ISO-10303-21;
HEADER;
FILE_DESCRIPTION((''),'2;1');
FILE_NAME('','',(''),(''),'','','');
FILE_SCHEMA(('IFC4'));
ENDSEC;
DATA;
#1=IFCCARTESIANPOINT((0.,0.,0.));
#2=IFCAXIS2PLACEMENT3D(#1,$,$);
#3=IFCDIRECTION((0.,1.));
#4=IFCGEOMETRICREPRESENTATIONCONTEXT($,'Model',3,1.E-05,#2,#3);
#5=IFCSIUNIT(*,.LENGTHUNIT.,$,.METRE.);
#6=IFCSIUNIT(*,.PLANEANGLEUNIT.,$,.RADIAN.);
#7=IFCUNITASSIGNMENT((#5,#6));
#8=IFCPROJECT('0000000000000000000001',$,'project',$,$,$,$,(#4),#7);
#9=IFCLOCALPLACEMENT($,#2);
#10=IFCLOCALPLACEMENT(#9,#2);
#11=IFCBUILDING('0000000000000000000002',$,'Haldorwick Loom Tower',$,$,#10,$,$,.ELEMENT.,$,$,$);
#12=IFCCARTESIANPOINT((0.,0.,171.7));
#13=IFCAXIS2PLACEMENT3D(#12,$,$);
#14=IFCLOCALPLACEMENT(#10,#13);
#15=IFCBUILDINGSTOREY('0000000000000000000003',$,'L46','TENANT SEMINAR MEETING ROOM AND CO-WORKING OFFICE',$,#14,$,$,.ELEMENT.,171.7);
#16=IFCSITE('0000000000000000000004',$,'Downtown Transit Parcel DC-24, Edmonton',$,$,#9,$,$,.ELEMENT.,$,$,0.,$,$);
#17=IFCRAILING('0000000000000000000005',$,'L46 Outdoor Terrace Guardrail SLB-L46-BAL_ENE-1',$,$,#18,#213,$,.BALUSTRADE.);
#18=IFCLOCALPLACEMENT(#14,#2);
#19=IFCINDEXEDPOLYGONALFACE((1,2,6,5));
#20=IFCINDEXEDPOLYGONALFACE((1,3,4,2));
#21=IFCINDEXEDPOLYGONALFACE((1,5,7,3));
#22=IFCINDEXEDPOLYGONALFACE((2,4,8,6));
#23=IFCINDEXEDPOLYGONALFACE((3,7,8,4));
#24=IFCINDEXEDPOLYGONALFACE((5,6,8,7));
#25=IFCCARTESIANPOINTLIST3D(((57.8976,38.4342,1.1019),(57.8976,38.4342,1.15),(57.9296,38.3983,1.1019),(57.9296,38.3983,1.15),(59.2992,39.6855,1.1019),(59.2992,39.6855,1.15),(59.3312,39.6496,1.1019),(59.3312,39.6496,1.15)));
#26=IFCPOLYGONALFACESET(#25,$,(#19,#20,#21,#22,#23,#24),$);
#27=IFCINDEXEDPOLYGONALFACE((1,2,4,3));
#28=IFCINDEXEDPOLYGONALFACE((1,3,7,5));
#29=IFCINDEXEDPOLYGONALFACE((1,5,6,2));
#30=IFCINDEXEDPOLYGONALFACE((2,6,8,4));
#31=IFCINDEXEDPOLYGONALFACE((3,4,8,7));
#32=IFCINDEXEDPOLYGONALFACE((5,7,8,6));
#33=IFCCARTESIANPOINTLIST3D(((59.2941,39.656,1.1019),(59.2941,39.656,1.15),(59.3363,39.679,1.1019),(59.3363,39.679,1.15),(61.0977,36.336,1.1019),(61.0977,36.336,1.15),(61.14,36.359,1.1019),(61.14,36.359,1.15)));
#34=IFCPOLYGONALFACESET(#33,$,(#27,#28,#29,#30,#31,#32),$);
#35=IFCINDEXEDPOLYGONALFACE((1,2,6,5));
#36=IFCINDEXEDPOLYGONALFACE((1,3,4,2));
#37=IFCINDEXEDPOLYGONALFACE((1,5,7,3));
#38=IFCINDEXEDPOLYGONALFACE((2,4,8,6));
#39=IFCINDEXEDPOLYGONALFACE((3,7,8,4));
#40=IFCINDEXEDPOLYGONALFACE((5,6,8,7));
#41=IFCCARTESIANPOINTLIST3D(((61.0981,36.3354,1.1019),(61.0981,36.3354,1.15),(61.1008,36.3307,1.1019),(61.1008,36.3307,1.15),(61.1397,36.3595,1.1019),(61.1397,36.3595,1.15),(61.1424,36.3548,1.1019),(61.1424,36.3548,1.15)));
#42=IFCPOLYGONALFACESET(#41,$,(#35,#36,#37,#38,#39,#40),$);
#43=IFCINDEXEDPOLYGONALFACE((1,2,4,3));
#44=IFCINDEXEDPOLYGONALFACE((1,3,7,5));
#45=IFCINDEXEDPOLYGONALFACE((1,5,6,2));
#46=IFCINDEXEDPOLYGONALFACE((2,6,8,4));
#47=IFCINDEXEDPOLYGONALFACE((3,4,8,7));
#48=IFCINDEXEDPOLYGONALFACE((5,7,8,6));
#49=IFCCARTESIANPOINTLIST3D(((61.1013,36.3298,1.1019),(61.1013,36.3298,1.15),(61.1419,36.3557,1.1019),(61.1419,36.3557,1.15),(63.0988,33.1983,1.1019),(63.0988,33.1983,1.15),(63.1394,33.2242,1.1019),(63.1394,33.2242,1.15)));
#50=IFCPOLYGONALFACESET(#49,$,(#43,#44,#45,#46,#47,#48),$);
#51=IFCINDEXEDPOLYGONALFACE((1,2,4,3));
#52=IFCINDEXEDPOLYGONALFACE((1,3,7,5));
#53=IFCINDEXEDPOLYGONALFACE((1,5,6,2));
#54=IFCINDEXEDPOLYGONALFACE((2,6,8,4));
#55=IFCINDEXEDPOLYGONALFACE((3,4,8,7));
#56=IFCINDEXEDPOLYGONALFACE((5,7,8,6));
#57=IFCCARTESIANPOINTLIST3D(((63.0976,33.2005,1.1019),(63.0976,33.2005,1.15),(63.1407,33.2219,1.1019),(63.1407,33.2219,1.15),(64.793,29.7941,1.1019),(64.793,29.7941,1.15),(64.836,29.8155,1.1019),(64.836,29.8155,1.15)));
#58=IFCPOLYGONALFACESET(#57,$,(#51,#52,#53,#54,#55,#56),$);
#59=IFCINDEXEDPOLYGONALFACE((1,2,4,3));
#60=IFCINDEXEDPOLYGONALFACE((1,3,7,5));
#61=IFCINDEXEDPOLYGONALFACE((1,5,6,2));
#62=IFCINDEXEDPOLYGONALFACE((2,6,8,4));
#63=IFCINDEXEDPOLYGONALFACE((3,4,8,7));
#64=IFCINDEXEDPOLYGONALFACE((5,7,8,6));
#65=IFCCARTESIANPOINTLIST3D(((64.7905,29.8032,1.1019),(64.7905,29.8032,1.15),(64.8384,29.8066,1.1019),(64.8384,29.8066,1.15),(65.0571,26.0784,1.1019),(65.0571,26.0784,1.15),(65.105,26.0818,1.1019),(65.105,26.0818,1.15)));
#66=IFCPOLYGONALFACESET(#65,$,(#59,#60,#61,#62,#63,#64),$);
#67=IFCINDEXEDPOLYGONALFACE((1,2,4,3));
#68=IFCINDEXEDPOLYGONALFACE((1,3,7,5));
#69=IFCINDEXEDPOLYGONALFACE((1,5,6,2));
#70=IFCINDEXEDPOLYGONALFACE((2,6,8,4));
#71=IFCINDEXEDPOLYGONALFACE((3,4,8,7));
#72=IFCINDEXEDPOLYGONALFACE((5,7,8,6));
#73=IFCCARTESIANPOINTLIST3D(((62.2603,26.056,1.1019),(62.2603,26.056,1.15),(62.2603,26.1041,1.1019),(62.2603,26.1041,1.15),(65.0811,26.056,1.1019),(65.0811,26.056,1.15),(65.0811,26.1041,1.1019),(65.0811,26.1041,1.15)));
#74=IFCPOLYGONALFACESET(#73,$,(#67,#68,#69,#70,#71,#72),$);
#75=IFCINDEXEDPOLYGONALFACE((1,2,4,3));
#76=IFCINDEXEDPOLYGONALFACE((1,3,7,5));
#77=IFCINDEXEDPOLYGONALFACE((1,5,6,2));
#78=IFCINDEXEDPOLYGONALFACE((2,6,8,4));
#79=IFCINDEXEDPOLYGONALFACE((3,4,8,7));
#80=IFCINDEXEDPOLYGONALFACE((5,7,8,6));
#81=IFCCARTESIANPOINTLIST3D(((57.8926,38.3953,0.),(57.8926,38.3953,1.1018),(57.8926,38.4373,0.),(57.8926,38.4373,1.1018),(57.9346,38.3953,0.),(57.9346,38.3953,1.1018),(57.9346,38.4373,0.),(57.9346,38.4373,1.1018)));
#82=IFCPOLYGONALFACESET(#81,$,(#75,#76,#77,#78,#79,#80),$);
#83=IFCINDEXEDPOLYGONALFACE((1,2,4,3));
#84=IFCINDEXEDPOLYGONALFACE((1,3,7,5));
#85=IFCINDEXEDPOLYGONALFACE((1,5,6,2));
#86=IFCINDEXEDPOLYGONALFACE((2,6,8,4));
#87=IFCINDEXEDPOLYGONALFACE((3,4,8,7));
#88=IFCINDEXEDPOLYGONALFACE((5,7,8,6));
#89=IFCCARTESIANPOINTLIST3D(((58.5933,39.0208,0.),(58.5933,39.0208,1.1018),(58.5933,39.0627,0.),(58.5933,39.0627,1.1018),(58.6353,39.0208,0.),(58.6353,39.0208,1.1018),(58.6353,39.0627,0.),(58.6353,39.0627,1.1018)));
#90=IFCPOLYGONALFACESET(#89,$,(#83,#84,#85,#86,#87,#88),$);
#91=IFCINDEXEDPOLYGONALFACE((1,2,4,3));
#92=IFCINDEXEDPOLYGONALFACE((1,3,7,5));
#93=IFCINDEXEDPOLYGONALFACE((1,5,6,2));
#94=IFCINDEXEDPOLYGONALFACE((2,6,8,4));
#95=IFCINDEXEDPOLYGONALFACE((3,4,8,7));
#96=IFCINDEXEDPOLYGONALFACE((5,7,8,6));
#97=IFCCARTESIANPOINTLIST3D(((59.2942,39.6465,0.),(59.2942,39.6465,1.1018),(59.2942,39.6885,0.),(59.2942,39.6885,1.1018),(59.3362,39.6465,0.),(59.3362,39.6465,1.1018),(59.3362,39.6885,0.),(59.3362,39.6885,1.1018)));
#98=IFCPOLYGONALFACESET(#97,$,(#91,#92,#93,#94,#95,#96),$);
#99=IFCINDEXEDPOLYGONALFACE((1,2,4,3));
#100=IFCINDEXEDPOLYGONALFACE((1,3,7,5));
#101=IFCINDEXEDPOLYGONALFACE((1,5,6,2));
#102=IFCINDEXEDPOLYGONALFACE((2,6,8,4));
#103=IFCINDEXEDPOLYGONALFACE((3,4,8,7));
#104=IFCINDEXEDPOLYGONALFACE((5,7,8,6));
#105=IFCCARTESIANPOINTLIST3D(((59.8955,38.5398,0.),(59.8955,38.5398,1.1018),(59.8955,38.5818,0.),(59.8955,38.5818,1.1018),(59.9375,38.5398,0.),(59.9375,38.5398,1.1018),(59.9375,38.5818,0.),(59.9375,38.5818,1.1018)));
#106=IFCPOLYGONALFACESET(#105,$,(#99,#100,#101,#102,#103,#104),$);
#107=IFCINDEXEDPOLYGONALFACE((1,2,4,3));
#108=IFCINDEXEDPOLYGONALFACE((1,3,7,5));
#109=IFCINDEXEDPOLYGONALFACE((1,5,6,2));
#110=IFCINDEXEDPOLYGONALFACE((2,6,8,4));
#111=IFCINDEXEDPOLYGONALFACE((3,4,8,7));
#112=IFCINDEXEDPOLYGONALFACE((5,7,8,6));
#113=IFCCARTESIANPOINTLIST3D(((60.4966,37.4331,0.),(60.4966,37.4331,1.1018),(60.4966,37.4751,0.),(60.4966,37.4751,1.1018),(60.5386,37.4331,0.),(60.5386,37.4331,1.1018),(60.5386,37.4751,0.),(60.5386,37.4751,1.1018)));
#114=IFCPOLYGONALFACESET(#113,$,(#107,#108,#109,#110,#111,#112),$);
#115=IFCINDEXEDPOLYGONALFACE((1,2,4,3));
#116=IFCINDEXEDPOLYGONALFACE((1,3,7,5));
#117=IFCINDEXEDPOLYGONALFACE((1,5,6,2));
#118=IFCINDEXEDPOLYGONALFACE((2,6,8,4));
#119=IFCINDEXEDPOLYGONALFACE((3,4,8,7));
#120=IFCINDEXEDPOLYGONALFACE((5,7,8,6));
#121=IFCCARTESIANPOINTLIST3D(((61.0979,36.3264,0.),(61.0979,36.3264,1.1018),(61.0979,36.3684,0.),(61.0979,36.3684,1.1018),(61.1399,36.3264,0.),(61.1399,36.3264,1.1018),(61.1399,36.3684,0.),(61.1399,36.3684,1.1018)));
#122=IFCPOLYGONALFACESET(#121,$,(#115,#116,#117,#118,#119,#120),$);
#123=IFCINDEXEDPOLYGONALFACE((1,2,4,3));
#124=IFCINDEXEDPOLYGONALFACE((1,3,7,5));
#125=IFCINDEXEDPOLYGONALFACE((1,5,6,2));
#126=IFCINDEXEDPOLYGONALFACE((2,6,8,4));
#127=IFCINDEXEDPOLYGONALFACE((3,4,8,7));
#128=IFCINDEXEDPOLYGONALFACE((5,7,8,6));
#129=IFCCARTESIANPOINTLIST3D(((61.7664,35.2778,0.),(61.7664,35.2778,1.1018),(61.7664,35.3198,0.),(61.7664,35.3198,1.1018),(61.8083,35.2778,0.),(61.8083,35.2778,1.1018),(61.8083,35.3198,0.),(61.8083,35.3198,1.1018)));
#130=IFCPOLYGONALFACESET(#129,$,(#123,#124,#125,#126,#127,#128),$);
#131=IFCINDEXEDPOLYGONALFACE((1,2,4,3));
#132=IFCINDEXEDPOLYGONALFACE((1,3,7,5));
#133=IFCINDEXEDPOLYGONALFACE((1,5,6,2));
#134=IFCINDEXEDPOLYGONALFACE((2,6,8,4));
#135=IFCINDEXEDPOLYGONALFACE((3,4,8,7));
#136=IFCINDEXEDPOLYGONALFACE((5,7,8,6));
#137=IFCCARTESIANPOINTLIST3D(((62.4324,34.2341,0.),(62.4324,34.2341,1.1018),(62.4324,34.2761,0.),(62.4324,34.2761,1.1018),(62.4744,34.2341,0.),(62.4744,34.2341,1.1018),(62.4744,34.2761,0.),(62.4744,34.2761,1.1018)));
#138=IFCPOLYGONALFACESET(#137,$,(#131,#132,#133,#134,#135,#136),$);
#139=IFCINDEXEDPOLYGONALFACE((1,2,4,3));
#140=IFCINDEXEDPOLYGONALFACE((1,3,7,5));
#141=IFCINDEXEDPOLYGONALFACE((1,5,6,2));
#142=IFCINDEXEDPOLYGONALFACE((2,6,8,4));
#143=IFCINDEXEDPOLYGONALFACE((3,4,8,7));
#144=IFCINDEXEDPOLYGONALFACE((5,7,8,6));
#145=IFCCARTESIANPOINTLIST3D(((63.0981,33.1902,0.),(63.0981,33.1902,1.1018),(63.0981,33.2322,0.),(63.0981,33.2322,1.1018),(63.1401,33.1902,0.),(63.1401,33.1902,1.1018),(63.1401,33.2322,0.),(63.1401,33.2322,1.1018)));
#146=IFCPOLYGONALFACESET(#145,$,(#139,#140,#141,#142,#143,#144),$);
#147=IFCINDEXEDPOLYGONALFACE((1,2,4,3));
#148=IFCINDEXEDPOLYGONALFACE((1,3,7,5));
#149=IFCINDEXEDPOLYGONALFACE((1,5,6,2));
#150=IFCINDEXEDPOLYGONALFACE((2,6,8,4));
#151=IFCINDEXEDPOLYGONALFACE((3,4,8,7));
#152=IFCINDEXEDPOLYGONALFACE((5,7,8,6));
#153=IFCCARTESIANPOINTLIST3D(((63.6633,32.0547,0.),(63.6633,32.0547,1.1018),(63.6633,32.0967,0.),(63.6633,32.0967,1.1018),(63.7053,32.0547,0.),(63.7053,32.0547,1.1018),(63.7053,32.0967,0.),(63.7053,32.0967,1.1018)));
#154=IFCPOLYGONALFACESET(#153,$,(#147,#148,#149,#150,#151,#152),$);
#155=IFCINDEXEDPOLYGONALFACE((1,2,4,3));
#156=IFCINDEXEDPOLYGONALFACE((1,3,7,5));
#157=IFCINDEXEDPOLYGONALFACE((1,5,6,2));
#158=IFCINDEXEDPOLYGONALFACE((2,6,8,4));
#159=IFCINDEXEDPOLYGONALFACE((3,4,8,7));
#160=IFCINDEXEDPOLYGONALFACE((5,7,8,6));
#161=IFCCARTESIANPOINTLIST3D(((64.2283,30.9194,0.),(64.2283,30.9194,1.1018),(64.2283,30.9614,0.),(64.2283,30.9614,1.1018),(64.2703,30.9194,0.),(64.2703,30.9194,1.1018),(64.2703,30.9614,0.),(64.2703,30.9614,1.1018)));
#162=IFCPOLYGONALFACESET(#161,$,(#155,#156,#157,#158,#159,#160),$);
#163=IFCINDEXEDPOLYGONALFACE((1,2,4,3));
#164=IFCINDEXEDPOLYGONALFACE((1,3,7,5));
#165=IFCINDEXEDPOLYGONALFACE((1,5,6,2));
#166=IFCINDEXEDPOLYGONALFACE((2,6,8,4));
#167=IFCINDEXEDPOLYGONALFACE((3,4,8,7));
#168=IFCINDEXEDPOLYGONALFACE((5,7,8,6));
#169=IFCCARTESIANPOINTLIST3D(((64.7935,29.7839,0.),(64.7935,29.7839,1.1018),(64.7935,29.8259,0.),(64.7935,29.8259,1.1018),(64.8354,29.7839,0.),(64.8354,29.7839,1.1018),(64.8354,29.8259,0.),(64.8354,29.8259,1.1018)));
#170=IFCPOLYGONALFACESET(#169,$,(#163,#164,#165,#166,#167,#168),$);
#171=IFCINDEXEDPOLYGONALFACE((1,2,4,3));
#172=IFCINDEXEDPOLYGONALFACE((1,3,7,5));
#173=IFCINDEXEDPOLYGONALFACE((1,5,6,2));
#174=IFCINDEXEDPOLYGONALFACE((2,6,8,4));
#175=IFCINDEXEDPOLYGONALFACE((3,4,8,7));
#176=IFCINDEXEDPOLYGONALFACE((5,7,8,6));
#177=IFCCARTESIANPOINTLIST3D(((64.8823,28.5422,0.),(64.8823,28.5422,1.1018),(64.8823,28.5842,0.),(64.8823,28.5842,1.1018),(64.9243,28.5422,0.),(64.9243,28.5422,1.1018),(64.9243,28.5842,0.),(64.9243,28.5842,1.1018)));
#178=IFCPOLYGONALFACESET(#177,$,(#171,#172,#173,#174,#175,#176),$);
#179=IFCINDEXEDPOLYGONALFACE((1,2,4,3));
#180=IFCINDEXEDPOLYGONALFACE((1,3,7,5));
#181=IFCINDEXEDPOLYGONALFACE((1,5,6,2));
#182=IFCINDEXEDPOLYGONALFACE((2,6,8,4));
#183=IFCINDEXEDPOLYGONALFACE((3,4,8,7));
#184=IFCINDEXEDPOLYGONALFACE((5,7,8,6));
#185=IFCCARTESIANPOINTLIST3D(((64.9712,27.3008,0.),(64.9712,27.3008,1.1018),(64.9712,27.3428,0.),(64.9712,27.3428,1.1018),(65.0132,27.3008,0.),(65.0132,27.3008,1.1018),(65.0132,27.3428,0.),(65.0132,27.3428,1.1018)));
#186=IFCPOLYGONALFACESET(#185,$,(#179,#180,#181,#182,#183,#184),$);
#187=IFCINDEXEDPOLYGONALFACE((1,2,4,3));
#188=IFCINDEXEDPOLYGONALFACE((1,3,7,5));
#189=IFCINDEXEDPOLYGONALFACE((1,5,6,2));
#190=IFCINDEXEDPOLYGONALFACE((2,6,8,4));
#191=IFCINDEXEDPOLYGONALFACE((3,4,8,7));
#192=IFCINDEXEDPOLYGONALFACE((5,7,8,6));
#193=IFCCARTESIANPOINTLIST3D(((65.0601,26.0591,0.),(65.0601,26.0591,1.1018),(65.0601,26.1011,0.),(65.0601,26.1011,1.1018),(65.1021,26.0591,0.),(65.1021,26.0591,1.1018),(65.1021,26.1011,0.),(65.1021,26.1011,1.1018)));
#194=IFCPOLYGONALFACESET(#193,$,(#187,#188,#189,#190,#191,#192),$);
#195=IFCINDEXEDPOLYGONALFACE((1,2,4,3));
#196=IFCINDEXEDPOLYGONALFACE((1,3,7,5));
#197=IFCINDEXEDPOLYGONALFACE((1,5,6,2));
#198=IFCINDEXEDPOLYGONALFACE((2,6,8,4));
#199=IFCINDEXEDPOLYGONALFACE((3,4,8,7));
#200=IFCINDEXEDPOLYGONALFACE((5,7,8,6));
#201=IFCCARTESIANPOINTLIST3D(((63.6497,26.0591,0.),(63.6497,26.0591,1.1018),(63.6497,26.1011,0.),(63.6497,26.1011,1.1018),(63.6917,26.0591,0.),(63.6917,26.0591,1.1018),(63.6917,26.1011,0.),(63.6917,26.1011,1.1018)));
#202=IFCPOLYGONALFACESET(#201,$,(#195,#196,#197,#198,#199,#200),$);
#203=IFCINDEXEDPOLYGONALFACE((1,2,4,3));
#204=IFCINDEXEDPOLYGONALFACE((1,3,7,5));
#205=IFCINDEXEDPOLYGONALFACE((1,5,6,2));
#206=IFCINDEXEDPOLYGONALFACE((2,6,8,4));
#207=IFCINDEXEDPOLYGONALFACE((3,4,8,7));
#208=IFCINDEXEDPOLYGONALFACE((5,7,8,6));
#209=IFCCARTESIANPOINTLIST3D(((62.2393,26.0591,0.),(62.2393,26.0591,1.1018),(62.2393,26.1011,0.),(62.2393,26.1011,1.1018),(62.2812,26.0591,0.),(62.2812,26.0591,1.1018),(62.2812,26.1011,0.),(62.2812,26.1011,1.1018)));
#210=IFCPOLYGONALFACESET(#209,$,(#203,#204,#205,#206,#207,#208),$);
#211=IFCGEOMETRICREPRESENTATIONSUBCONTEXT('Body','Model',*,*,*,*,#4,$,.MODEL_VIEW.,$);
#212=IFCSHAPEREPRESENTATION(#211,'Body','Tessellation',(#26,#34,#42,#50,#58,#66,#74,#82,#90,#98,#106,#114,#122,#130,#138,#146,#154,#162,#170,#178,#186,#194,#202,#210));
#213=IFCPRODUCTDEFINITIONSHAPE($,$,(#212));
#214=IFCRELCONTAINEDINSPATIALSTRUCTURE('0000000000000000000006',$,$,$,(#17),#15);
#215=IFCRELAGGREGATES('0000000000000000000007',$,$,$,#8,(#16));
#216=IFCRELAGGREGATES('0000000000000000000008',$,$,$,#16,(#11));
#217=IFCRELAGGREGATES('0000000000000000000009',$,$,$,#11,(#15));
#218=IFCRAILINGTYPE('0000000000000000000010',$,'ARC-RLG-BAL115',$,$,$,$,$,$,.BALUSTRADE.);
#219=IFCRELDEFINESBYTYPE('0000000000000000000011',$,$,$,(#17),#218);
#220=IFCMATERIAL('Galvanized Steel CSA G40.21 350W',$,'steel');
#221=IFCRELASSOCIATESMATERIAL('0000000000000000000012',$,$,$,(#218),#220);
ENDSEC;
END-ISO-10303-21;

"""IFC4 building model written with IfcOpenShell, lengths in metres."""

from ifc_helpers import new_model, si_unit, direction, frame, origin, origin_2d, place, context, subcontext, project, spatial, rectangle, extrude, material, type_object, element, save


model = new_model("IFC4")

# Units and contexts
model_context = context("Model", 3, precision=1e-05, world=origin(), true_north=direction((0.0, 1.0)))
body_context = subcontext(model_context, "Body", "Model", "MODEL_VIEW")
ifc_project = project(units=[si_unit("LENGTHUNIT", "METRE"), si_unit("PLANEANGLEUNIT", "RADIAN")], contexts=[model_context])

# Site, building, storey
site_placement = place(None, origin())
site = spatial("IfcSite", under=ifc_project, at=site_placement, Name="Downtown Transit Parcel DC-24, Edmonton", CompositionType="ELEMENT", RefElevation=0.0)
building_placement = place(site_placement, origin())
building = spatial("IfcBuilding", under=site, at=building_placement, Name="Haldorwick Loom Tower", CompositionType="ELEMENT")
storey_placement = place(building_placement, frame((0.0, 0.0, 171.7)))
storey = spatial("IfcBuildingStorey", under=building, at=storey_placement, Name="L46", Description="TENANT SEMINAR MEETING ROOM AND CO-WORKING OFFICE", CompositionType="ELEMENT", Elevation=171.7)

# Railing
ifc_material_1 = material(Name="Galvanized Steel CSA G40.21 350W", Category="steel")
railing_type_1 = type_object("IfcRailingType", Name="ARC-RLG-BAL115", PredefinedType="BALUSTRADE", material=ifc_material_1)
railing_1_placement = place(storey_placement, frame((57.9136, 38.4163, 0.0)))
element("IfcRailing", 1, at=railing_1_placement, inside=storey, type_object=railing_type_1, Name="L46 Outdoor Terrace Guardrail SLB-L46-BAL_ENE-1", PredefinedType="BALUSTRADE", context=body_context, shape_type="SweptSolid", body=[
    extrude(rectangle(XDim=0.0481, YDim=0.0481, at=origin_2d()), frame((0.0, 0.0, 1.126), z_axis=(0.745995, 0.665951, 0.0), x_axis=(-0.665951, 0.745995, 0.0)), (0.0, 0.0, 1.0), 1.8789),
    extrude(rectangle(XDim=0.0481, YDim=0.0481, at=origin_2d()), frame((1.4016, 1.2512, 1.126), z_axis=(0.477376, -0.878699, 0.0), x_axis=(0.878699, 0.477376, 0.0)), (0.0, 0.0, 1.0), 3.7783),
    extrude(rectangle(XDim=0.0481, YDim=0.0481, at=origin_2d()), frame((3.2053, -2.0688, 1.126), z_axis=(0.501036, -0.865426, 0.0), x_axis=(0.865426, 0.501036, 0.0)), (0.0, 0.0, 1.0), 0.0054),
    extrude(rectangle(XDim=0.0481, YDim=0.0481, at=origin_2d()), frame((3.208, -2.0735, 1.126), z_axis=(0.537781, -0.843085, 0.0), x_axis=(0.843085, 0.537781, 0.0)), (0.0, 0.0, 1.0), 3.7144),
    extrude(rectangle(XDim=0.0481, YDim=0.0481, at=origin_2d()), frame((5.2056, -5.2051, 1.126), z_axis=(0.44557, -0.895247, 0.0), x_axis=(0.895247, 0.44557, 0.0)), (0.0, 0.0, 1.0), 3.8049),
    extrude(rectangle(XDim=0.0481, YDim=0.0481, at=origin_2d()), frame((6.9009, -8.6113, 1.126), z_axis=(0.071391, -0.997448, 0.0), x_axis=(0.997448, 0.071391, 0.0)), (0.0, 0.0, 1.0), 3.7344),
    extrude(rectangle(XDim=0.0481, YDim=0.0481, at=origin_2d()), frame((7.1675, -12.3362, 1.126), z_axis=(-1.0, 0.0, 0.0), x_axis=(0.0, -1.0, 0.0)), (0.0, 0.0, 1.0), 2.8208),
    extrude(rectangle(XDim=0.042, YDim=0.042, at=origin_2d()), origin(), (0.0, 0.0, 1.0), 1.1018),
    extrude(rectangle(XDim=0.042, YDim=0.042, at=origin_2d()), frame((0.7007, 0.6255, 0.0)), (0.0, 0.0, 1.0), 1.1018),
    extrude(rectangle(XDim=0.042, YDim=0.042, at=origin_2d()), frame((1.4016, 1.2512, 0.0)), (0.0, 0.0, 1.0), 1.1018),
    extrude(rectangle(XDim=0.042, YDim=0.042, at=origin_2d()), frame((2.0029, 0.1445, 0.0)), (0.0, 0.0, 1.0), 1.1018),
    extrude(rectangle(XDim=0.042, YDim=0.042, at=origin_2d()), frame((2.604, -0.9622, 0.0)), (0.0, 0.0, 1.0), 1.1018),
    extrude(rectangle(XDim=0.042, YDim=0.042, at=origin_2d()), frame((3.2053, -2.0688, 0.0)), (0.0, 0.0, 1.0), 1.1018),
    extrude(rectangle(XDim=0.042, YDim=0.042, at=origin_2d()), frame((3.8738, -3.1174, 0.0)), (0.0, 0.0, 1.0), 1.1018),
    extrude(rectangle(XDim=0.042, YDim=0.042, at=origin_2d()), frame((4.5398, -4.1611, 0.0)), (0.0, 0.0, 1.0), 1.1018),
    extrude(rectangle(XDim=0.042, YDim=0.042, at=origin_2d()), frame((5.2056, -5.2051, 0.0)), (0.0, 0.0, 1.0), 1.1018),
    extrude(rectangle(XDim=0.042, YDim=0.042, at=origin_2d()), frame((5.7708, -6.3406, 0.0)), (0.0, 0.0, 1.0), 1.1018),
    extrude(rectangle(XDim=0.042, YDim=0.042, at=origin_2d()), frame((6.3357, -7.4758, 0.0)), (0.0, 0.0, 1.0), 1.1018),
    extrude(rectangle(XDim=0.042, YDim=0.042, at=origin_2d()), frame((6.9009, -8.6113, 0.0)), (0.0, 0.0, 1.0), 1.1018),
    extrude(rectangle(XDim=0.042, YDim=0.042, at=origin_2d()), frame((6.9897, -9.853, 0.0)), (0.0, 0.0, 1.0), 1.1018),
    extrude(rectangle(XDim=0.042, YDim=0.042, at=origin_2d()), frame((7.0786, -11.0945, 0.0)), (0.0, 0.0, 1.0), 1.1018),
    extrude(rectangle(XDim=0.042, YDim=0.042, at=origin_2d()), frame((7.1675, -12.3362, 0.0)), (0.0, 0.0, 1.0), 1.1018),
    extrude(rectangle(XDim=0.042, YDim=0.042, at=origin_2d()), frame((5.7571, -12.3362, 0.0)), (0.0, 0.0, 1.0), 1.1018),
    extrude(rectangle(XDim=0.042, YDim=0.042, at=origin_2d()), frame((4.3467, -12.3362, 0.0)), (0.0, 0.0, 1.0), 1.1018),
])

save(model, "model.ifc")
